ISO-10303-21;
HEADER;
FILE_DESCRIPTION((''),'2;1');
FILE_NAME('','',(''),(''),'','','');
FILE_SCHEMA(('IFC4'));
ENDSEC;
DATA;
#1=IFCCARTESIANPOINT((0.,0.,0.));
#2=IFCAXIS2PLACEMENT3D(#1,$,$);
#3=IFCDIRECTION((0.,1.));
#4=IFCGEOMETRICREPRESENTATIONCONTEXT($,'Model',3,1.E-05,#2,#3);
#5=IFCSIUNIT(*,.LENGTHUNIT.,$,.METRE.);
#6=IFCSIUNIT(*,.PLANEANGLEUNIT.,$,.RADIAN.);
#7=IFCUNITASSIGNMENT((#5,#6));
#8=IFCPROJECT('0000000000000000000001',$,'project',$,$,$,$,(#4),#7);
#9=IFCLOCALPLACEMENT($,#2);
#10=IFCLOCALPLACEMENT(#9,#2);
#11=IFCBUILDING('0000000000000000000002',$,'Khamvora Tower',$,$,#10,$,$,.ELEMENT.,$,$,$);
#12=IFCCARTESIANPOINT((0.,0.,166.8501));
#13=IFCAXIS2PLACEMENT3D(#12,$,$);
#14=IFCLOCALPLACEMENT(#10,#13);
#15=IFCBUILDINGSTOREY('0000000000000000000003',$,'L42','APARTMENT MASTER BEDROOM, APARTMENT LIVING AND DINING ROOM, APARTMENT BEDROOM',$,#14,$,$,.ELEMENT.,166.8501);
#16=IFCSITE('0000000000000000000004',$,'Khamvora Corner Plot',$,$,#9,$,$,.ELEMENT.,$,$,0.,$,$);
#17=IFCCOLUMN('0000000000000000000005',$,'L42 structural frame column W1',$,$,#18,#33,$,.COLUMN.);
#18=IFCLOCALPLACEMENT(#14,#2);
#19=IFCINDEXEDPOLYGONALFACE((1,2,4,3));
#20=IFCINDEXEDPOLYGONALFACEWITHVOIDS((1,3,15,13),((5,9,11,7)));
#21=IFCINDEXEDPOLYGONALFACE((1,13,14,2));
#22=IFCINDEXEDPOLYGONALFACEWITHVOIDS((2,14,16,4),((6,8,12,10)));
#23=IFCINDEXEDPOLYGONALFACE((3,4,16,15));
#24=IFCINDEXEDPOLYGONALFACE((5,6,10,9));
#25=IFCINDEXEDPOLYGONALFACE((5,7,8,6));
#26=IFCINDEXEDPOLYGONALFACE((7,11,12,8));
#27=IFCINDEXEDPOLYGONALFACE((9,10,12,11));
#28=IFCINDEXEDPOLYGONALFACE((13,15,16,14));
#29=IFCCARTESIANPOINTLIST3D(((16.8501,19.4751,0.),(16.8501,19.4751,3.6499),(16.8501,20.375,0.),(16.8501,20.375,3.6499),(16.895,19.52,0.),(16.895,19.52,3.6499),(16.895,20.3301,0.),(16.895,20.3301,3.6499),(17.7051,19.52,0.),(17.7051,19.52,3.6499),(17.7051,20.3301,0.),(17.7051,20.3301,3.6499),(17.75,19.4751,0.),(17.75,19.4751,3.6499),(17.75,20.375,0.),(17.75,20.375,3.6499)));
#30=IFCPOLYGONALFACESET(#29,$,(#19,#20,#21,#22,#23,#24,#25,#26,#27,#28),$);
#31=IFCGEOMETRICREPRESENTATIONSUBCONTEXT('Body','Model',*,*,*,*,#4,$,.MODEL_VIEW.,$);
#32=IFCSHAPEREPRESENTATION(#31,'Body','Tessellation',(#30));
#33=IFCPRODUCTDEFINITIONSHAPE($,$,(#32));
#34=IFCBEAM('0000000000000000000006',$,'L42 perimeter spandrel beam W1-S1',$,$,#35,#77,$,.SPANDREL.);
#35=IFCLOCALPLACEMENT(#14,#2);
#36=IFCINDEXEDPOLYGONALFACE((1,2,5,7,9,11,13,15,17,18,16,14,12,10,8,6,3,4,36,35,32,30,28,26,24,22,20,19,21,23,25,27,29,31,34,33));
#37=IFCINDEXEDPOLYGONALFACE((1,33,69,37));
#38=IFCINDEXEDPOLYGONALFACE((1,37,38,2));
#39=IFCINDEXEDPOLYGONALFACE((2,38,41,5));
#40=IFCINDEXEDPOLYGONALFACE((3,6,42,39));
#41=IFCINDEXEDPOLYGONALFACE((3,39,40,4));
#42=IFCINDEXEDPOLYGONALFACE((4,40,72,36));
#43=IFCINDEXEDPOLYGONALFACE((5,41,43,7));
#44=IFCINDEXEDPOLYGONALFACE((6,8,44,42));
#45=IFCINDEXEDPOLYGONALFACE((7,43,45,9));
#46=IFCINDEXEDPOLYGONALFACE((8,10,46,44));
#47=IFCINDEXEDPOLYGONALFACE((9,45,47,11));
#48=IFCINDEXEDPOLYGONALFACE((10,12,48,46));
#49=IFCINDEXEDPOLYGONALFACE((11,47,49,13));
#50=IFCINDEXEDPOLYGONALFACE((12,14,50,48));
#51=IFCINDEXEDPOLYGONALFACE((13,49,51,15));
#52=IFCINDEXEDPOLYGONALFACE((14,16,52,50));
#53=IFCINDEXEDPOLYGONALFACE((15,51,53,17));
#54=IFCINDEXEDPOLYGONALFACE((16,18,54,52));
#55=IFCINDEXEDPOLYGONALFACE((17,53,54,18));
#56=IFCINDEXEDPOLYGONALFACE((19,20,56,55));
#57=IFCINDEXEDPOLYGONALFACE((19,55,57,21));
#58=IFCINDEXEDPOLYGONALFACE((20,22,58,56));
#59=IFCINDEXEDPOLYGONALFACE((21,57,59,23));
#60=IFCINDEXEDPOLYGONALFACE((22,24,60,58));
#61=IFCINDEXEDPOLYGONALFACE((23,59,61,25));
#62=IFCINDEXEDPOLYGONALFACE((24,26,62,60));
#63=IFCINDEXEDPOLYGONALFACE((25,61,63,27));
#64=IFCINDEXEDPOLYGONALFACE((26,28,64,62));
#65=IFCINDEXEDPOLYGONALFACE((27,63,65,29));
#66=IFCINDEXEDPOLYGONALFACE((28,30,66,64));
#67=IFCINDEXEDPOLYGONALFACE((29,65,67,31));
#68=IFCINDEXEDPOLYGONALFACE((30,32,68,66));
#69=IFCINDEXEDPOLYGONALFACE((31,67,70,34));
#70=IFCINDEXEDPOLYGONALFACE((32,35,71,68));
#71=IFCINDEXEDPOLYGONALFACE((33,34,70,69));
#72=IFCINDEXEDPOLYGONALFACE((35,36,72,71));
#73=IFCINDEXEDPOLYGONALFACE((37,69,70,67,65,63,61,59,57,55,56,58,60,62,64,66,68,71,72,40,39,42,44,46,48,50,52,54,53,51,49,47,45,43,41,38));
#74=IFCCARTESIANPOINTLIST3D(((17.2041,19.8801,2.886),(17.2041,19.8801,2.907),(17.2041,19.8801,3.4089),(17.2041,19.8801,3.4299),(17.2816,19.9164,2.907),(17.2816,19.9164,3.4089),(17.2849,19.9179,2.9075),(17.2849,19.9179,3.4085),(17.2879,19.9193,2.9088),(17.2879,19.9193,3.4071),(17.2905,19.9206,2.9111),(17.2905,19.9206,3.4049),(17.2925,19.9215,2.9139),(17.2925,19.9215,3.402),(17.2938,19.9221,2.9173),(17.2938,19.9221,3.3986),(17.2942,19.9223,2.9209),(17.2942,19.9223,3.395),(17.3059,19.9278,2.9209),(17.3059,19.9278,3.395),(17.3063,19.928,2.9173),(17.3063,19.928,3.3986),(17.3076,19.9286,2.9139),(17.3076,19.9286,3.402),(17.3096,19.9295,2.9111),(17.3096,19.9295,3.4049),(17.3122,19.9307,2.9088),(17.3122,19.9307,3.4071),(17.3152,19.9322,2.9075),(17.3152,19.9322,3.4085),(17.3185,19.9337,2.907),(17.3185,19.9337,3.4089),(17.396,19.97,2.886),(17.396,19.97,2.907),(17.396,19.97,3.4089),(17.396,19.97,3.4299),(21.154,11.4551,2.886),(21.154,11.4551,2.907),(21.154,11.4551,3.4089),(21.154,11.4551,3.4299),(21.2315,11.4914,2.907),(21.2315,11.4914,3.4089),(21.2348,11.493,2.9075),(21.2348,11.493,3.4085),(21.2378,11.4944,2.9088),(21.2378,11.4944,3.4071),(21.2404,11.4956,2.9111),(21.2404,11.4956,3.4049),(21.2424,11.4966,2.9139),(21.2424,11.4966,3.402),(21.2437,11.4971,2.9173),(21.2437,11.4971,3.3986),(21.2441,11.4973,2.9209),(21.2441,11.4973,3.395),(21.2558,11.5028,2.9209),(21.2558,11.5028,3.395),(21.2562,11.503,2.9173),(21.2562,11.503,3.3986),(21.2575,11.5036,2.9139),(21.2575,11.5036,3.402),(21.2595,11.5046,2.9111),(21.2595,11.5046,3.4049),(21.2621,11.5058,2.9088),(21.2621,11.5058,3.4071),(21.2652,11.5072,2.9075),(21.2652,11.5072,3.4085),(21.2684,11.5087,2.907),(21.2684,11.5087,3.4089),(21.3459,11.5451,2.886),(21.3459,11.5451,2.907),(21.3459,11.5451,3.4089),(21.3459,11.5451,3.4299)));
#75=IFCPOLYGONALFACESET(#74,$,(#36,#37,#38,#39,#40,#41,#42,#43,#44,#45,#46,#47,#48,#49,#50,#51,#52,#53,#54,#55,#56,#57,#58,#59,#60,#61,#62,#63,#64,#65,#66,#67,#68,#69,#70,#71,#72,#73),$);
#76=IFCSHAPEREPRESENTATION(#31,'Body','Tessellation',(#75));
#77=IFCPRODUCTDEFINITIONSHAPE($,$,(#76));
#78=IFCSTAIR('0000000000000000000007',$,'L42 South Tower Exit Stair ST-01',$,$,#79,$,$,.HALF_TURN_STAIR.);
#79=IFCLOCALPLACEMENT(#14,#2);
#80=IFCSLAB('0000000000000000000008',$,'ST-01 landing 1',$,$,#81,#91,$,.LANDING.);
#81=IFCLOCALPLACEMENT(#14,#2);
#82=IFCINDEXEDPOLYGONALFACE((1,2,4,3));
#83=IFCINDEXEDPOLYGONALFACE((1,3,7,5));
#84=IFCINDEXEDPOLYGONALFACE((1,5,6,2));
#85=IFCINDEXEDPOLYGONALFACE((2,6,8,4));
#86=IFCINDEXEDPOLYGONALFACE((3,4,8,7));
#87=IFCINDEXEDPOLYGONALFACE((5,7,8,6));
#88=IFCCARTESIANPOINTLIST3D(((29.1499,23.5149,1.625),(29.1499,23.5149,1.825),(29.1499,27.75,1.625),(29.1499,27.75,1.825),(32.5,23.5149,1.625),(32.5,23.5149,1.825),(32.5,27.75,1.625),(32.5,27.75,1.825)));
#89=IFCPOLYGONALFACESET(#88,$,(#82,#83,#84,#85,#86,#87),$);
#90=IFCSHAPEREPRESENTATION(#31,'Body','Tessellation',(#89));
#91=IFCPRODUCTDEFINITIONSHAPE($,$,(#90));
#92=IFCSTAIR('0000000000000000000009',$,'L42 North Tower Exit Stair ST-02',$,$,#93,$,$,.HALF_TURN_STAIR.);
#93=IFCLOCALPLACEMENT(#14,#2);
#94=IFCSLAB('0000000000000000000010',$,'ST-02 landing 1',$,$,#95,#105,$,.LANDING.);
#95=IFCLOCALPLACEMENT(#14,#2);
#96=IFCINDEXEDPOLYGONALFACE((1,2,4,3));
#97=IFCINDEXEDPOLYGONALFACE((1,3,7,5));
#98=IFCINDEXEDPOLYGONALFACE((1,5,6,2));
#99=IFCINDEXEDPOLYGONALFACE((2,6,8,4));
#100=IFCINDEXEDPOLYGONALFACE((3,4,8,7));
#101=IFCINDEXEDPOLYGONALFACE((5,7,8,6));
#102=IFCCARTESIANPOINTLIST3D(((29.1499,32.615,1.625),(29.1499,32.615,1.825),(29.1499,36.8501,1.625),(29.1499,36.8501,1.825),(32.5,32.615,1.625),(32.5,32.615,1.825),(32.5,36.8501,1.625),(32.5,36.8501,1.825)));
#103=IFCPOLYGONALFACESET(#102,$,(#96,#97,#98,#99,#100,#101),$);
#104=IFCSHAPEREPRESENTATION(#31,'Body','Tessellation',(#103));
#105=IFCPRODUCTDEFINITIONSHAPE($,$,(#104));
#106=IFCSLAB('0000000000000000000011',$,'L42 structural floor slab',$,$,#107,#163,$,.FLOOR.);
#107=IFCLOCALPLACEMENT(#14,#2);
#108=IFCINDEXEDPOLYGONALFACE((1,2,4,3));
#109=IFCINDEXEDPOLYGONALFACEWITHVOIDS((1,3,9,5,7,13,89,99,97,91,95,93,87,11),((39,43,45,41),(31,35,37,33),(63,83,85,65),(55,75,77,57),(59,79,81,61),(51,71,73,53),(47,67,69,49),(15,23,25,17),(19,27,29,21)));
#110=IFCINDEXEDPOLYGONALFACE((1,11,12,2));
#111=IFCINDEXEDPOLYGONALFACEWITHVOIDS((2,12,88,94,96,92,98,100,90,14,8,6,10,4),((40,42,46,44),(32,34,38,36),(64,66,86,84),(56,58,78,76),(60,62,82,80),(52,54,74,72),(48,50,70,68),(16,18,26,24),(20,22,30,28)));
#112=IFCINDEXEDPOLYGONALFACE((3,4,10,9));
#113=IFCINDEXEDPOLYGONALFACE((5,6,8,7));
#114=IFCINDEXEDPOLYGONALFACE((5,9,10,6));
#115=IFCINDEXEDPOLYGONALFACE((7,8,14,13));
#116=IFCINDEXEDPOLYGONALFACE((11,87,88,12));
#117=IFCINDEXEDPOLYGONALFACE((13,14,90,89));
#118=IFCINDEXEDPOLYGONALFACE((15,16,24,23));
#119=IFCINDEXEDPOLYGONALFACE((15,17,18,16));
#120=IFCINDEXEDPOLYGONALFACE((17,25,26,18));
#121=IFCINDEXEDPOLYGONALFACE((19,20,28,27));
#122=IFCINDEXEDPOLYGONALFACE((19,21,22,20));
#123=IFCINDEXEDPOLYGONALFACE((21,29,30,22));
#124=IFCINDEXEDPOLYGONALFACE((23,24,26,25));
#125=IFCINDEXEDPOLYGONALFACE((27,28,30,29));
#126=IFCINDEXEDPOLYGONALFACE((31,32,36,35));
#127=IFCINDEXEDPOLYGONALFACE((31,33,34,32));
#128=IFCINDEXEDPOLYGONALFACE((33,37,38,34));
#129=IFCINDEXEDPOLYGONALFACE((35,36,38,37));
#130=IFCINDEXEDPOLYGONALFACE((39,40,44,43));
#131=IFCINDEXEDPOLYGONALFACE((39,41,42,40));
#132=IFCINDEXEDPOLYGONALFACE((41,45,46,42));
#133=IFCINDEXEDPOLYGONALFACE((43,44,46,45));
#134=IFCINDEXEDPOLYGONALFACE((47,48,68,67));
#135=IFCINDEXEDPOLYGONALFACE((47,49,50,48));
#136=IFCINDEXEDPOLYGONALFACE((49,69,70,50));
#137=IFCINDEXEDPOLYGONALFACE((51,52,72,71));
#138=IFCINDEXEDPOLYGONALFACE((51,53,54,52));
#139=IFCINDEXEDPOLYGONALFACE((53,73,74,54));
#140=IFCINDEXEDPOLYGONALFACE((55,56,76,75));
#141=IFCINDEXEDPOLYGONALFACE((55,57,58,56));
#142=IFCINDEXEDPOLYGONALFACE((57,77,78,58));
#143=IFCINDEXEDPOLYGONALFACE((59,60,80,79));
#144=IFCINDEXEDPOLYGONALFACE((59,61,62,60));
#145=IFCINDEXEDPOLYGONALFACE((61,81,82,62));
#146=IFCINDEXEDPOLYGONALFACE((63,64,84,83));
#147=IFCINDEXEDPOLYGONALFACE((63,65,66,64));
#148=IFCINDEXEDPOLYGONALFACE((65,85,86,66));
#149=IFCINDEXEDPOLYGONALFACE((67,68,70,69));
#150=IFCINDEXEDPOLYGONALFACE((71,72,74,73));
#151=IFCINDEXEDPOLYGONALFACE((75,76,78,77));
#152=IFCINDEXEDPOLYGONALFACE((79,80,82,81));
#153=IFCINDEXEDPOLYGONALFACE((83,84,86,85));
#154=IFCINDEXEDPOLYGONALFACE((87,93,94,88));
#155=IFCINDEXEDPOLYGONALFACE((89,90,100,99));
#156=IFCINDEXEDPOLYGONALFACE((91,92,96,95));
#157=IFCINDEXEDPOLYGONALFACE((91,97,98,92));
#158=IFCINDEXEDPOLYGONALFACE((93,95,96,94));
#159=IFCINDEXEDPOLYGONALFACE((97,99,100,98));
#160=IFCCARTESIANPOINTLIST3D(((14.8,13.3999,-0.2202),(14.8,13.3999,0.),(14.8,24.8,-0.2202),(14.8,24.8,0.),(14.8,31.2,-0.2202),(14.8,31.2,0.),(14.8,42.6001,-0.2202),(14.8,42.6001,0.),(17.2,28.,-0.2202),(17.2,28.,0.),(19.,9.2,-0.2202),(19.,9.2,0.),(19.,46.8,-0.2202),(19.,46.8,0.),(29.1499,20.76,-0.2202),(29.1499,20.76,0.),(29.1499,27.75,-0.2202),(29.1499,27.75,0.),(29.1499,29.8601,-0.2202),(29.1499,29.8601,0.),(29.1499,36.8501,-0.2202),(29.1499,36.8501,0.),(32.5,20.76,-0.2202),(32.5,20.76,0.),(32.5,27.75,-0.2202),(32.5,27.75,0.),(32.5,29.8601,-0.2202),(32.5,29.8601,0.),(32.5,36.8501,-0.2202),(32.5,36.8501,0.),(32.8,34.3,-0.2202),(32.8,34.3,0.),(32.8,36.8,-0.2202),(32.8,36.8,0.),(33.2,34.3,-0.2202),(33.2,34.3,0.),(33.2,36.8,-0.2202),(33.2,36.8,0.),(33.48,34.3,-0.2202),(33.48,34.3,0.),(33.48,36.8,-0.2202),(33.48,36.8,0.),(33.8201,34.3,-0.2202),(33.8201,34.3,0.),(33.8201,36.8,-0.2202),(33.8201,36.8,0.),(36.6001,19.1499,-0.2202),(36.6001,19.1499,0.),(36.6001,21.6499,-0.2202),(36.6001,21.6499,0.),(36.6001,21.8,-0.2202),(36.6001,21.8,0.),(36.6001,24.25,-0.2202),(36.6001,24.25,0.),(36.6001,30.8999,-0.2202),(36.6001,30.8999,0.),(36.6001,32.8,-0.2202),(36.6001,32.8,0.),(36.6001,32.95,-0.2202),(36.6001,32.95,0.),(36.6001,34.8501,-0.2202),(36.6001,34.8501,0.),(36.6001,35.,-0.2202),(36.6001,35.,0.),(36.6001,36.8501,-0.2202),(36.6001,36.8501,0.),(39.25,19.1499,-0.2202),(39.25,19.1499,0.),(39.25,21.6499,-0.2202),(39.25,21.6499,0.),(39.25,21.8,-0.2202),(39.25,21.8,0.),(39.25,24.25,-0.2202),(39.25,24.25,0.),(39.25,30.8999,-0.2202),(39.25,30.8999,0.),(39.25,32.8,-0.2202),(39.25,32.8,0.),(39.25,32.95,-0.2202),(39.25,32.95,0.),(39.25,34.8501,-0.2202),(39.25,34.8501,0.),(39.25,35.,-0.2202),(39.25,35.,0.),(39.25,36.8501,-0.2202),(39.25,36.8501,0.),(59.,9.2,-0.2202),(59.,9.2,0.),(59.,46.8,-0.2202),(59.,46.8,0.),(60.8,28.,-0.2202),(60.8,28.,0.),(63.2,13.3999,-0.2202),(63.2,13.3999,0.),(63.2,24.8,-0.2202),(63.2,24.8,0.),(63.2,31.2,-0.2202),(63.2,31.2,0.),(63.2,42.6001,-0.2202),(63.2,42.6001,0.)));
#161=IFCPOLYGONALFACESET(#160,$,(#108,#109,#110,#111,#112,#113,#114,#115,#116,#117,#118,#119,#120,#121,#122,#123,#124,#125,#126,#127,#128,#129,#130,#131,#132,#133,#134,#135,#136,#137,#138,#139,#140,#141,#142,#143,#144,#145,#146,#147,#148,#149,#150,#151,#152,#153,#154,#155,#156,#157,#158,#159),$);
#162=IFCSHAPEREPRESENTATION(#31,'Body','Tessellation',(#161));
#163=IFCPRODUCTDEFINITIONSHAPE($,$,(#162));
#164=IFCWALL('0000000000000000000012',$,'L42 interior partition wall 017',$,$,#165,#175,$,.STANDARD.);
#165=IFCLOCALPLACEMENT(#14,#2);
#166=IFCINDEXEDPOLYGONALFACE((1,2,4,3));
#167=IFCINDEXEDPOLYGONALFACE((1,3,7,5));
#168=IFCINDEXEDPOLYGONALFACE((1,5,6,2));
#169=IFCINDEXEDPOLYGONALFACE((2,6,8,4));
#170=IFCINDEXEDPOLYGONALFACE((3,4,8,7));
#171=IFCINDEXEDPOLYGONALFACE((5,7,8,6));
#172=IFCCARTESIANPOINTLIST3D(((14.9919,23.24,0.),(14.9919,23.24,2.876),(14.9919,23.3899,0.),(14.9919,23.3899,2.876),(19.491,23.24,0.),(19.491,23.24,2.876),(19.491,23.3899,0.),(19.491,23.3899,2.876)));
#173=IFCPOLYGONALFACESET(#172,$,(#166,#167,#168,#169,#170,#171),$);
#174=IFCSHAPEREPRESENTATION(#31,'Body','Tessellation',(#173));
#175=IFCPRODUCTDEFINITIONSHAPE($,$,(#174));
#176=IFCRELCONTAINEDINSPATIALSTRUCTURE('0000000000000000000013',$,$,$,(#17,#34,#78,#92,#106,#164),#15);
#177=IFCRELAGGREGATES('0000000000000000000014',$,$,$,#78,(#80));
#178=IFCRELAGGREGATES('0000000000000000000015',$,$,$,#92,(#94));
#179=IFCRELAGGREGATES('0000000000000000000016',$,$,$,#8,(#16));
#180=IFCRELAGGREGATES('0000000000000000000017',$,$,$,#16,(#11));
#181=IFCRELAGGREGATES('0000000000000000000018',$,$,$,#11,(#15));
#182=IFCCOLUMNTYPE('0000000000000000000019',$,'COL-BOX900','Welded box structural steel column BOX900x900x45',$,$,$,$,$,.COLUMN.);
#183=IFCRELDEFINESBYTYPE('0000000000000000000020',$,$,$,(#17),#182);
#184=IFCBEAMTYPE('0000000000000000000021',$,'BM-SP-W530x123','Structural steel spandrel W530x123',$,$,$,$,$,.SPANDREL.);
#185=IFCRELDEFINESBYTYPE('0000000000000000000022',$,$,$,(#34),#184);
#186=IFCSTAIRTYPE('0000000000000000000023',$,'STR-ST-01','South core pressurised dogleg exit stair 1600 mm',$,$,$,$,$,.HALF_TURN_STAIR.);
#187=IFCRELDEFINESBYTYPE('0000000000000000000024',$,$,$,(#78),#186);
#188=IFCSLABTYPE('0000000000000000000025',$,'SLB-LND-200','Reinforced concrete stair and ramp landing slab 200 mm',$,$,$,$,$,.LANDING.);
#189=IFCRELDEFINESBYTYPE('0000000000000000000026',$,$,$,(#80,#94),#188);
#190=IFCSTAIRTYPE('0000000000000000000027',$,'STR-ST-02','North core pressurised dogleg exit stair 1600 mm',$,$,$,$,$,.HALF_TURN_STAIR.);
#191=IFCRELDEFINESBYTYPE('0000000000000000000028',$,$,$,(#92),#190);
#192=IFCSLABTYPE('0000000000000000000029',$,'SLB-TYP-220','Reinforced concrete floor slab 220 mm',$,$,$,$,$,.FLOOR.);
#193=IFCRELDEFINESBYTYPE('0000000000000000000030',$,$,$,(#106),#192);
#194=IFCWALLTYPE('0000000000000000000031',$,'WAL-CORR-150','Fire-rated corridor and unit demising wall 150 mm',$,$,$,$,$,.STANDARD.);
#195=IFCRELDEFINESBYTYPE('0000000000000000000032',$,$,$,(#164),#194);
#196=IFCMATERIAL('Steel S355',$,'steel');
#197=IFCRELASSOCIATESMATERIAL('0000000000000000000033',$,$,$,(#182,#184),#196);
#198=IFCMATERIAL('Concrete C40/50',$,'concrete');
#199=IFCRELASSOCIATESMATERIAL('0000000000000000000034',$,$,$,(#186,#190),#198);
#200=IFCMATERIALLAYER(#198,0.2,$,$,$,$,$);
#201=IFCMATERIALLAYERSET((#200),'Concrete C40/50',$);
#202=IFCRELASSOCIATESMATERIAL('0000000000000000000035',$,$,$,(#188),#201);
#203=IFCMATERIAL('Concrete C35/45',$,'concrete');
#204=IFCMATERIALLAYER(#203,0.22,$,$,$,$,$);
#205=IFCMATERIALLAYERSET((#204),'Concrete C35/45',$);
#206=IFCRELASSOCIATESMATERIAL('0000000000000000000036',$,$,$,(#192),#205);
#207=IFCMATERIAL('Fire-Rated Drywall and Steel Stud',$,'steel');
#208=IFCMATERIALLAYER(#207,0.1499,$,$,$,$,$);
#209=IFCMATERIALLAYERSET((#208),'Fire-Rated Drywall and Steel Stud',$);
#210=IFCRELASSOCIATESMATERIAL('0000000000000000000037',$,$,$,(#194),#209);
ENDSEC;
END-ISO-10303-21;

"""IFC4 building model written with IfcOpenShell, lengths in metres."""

from ifc_helpers import new_model, si_unit, direction, frame, frame_2d, origin, origin_2d, place, context, subcontext, project, spatial, polyline, rectangle, hollow_rectangle, i_section, outline, extrude, material, layer, layer_set, material_profile, profile_set, type_object, element, aggregate, save


model = new_model("IFC4")

# Units and contexts
model_context = context("Model", 3, precision=1e-05, world=origin(), true_north=direction((0.0, 1.0)))
body_context = subcontext(model_context, "Body", "Model", "MODEL_VIEW")
ifc_project = project(units=[si_unit("LENGTHUNIT", "METRE"), si_unit("PLANEANGLEUNIT", "RADIAN")], contexts=[model_context])

# Site, building, storey
site_placement = place(None, origin())
site = spatial("IfcSite", under=ifc_project, at=site_placement, Name="Khamvora Corner Plot", CompositionType="ELEMENT", RefElevation=0.0)
building_placement = place(site_placement, origin())
building = spatial("IfcBuilding", under=site, at=building_placement, Name="Khamvora Tower", CompositionType="ELEMENT")
storey_placement = place(building_placement, frame((0.0, 0.0, 166.8501)))
storey = spatial("IfcBuildingStorey", under=building, at=storey_placement, Name="L42", Description="APARTMENT MASTER BEDROOM, APARTMENT LIVING AND DINING ROOM, APARTMENT BEDROOM", CompositionType="ELEMENT", Elevation=166.8501)

# Column
ifc_material_1 = material(Name="Steel S355", Category="steel")
ifc_material_profile_1 = material_profile(ifc_material_1, hollow_rectangle(XDim=0.8999, YDim=0.8999, WallThickness=0.0449, at=origin_2d()), Name="BOX900x900x45")
ifc_profile_set_1 = profile_set([ifc_material_profile_1], Name="Steel S355")
column_type = type_object("IfcColumnType", Name="COL-BOX900", Description="Welded box structural steel column BOX900x900x45", PredefinedType="COLUMN", material=ifc_profile_set_1)
column_placement = place(storey_placement, frame((17.3, 19.925, 0.0), z_axis=(0.0, 0.0, 1.0), x_axis=(1.0, 0.0, 0.0)))
element("IfcColumn", 1, at=column_placement, inside=storey, type_object=column_type, Name="L42 structural frame column W1", PredefinedType="COLUMN", context=body_context, shape_type="SweptSolid", body=[
    extrude(hollow_rectangle(XDim=0.8999, YDim=0.8999, WallThickness=0.0449, at=origin_2d()), origin(), (0.0, 0.0, 1.0), 3.6499),
])

# Beam
ifc_material_profile_2 = material_profile(ifc_material_1, i_section(OverallWidth=0.2119, OverallDepth=0.5439, WebThickness=0.0129, FlangeThickness=0.021, FilletRadius=0.0139, at=origin_2d()), Name="W530x123")
ifc_profile_set_2 = profile_set([ifc_material_profile_2], Name="Steel S355")
beam_type = type_object("IfcBeamType", Name="BM-SP-W530x123", Description="Structural steel spandrel W530x123", PredefinedType="SPANDREL", material=ifc_profile_set_2)
beam_placement = place(storey_placement, frame((17.3, 19.925, 3.158), z_axis=(0.424496, -0.90543, 0.0), x_axis=(0.90543, 0.424496, 0.0)))
element("IfcBeam", 2, at=beam_placement, inside=storey, type_object=beam_type, Name="L42 perimeter spandrel beam W1-S1", PredefinedType="SPANDREL", context=body_context, shape_type="SweptSolid", body=[
    extrude(i_section(OverallWidth=0.2119, OverallDepth=0.5439, WebThickness=0.0129, FlangeThickness=0.021, FilletRadius=0.0139, at=origin_2d()), origin(), (0.0, 0.0, 1.0), 9.3049),
])

# Stairs, slabs
ifc_material_2 = material(Name="Concrete C40/50", Category="concrete")
stair_type_1 = type_object("IfcStairType", Name="STR-ST-01", Description="South core pressurised dogleg exit stair 1600 mm", PredefinedType="HALF_TURN_STAIR", material=ifc_material_2)
stair_1_placement = place(storey_placement, origin())
stair_1 = element("IfcStair", 3, at=stair_1_placement, inside=storey, type_object=stair_type_1, Name="L42 South Tower Exit Stair ST-01", PredefinedType="HALF_TURN_STAIR")
ifc_layer_1 = layer(ifc_material_2, 0.2)
ifc_layer_set_1 = layer_set([ifc_layer_1], Name="Concrete C40/50")
slab_type_1 = type_object("IfcSlabType", Name="SLB-LND-200", Description="Reinforced concrete stair and ramp landing slab 200 mm", PredefinedType="LANDING", material=ifc_layer_set_1)
slab_1_placement = place(storey_placement, frame((0.0, 0.0, 1.625)))
slab_1 = element("IfcSlab", 4, at=slab_1_placement, type_object=slab_type_1, Name="ST-01 landing 1", PredefinedType="LANDING", context=body_context, shape_type="SweptSolid", body=[
    extrude(outline(polyline([(32.5, 23.5149), (32.5, 27.75), (29.1499, 27.75), (29.1499, 23.5149), (32.5, 23.5149)])), origin(), (0.0, 0.0, 1.0), 0.2),
])
aggregate(stair_1, [slab_1])
stair_type_2 = type_object("IfcStairType", Name="STR-ST-02", Description="North core pressurised dogleg exit stair 1600 mm", PredefinedType="HALF_TURN_STAIR", material=ifc_material_2)
stair_2_placement = place(storey_placement, origin())
stair_2 = element("IfcStair", 5, at=stair_2_placement, inside=storey, type_object=stair_type_2, Name="L42 North Tower Exit Stair ST-02", PredefinedType="HALF_TURN_STAIR")
slab_2_placement = place(storey_placement, frame((0.0, 0.0, 1.625)))
slab_2 = element("IfcSlab", 6, at=slab_2_placement, type_object=slab_type_1, Name="ST-02 landing 1", PredefinedType="LANDING", context=body_context, shape_type="SweptSolid", body=[
    extrude(outline(polyline([(32.5, 32.615), (32.5, 36.8501), (29.1499, 36.8501), (29.1499, 32.615), (32.5, 32.615)])), origin(), (0.0, 0.0, 1.0), 0.2),
])
aggregate(stair_2, [slab_2])

# Slab
ifc_material_3 = material(Name="Concrete C35/45", Category="concrete")
ifc_layer_2 = layer(ifc_material_3, 0.22)
ifc_layer_set_2 = layer_set([ifc_layer_2], Name="Concrete C35/45")
slab_type_2 = type_object("IfcSlabType", Name="SLB-TYP-220", Description="Reinforced concrete floor slab 220 mm", PredefinedType="FLOOR", material=ifc_layer_set_2)
slab_3_placement = place(storey_placement, frame((0.0, 0.0, -0.2202)))
element("IfcSlab", 7, at=slab_3_placement, inside=storey, type_object=slab_type_2, Name="L42 structural floor slab", PredefinedType="FLOOR", context=body_context, shape_type="SweptSolid", body=[
    extrude(outline(polyline([(19.0, 9.2), (59.0, 9.2), (63.2, 13.3999), (63.2, 24.8), (60.8, 28.0), (63.2, 31.2), (63.2, 42.6001), (59.0, 46.8), (19.0, 46.8), (14.8, 42.6001), (14.8, 31.2), (17.2, 28.0), (14.8, 24.8), (14.8, 13.3999), (19.0, 9.2)]), holes=[polyline([(32.5, 20.76), (32.5, 27.75), (29.1499, 27.75), (29.1499, 20.76), (32.5, 20.76)]), polyline([(32.5, 29.8601), (32.5, 36.8501), (29.1499, 36.8501), (29.1499, 29.8601), (32.5, 29.8601)]), polyline([(36.6001, 19.1499), (39.25, 19.1499), (39.25, 21.6499), (36.6001, 21.6499), (36.6001, 19.1499)]), polyline([(36.6001, 21.8), (39.25, 21.8), (39.25, 24.25), (36.6001, 24.25), (36.6001, 21.8)]), polyline([(36.6001, 30.8999), (39.25, 30.8999), (39.25, 32.8), (36.6001, 32.8), (36.6001, 30.8999)]), polyline([(36.6001, 32.95), (39.25, 32.95), (39.25, 34.8501), (36.6001, 34.8501), (36.6001, 32.95)]), polyline([(36.6001, 35.0), (39.25, 35.0), (39.25, 36.8501), (36.6001, 36.8501), (36.6001, 35.0)]), polyline([(32.8, 34.3), (33.2, 34.3), (33.2, 36.8), (32.8, 36.8), (32.8, 34.3)]), polyline([(33.48, 34.3), (33.8201, 34.3), (33.8201, 36.8), (33.48, 36.8), (33.48, 34.3)])]), origin(), (0.0, 0.0, 1.0), 0.2202),
])

# Shared definitions
ifc_material_4 = material(Name="Fire-Rated Drywall and Steel Stud", Category="steel")
ifc_layer_3 = layer(ifc_material_4, 0.1499)
ifc_layer_set_3 = layer_set([ifc_layer_3], Name="Fire-Rated Drywall and Steel Stud")
wall_type_1 = type_object("IfcWallType", Name="WAL-CORR-150", Description="Fire-rated corridor and unit demising wall 150 mm", PredefinedType="STANDARD", material=ifc_layer_set_3)

# Wall
wall_1_placement = place(storey_placement, frame((14.9919, 23.3149, 0.0), z_axis=(0.0, 0.0, 1.0), x_axis=(1.0, 0.0, 0.0)))
element("IfcWall", 8, at=wall_1_placement, inside=storey, type_object=wall_type_1, Name="L42 interior partition wall 017", PredefinedType="STANDARD", context=body_context, shape_type="SweptSolid", body=[
    extrude(rectangle(XDim=4.499, YDim=0.1499, at=frame_2d((2.2495, 0.0))), origin(), (0.0, 0.0, 1.0), 2.876),
])

save(model, "model.ifc")
